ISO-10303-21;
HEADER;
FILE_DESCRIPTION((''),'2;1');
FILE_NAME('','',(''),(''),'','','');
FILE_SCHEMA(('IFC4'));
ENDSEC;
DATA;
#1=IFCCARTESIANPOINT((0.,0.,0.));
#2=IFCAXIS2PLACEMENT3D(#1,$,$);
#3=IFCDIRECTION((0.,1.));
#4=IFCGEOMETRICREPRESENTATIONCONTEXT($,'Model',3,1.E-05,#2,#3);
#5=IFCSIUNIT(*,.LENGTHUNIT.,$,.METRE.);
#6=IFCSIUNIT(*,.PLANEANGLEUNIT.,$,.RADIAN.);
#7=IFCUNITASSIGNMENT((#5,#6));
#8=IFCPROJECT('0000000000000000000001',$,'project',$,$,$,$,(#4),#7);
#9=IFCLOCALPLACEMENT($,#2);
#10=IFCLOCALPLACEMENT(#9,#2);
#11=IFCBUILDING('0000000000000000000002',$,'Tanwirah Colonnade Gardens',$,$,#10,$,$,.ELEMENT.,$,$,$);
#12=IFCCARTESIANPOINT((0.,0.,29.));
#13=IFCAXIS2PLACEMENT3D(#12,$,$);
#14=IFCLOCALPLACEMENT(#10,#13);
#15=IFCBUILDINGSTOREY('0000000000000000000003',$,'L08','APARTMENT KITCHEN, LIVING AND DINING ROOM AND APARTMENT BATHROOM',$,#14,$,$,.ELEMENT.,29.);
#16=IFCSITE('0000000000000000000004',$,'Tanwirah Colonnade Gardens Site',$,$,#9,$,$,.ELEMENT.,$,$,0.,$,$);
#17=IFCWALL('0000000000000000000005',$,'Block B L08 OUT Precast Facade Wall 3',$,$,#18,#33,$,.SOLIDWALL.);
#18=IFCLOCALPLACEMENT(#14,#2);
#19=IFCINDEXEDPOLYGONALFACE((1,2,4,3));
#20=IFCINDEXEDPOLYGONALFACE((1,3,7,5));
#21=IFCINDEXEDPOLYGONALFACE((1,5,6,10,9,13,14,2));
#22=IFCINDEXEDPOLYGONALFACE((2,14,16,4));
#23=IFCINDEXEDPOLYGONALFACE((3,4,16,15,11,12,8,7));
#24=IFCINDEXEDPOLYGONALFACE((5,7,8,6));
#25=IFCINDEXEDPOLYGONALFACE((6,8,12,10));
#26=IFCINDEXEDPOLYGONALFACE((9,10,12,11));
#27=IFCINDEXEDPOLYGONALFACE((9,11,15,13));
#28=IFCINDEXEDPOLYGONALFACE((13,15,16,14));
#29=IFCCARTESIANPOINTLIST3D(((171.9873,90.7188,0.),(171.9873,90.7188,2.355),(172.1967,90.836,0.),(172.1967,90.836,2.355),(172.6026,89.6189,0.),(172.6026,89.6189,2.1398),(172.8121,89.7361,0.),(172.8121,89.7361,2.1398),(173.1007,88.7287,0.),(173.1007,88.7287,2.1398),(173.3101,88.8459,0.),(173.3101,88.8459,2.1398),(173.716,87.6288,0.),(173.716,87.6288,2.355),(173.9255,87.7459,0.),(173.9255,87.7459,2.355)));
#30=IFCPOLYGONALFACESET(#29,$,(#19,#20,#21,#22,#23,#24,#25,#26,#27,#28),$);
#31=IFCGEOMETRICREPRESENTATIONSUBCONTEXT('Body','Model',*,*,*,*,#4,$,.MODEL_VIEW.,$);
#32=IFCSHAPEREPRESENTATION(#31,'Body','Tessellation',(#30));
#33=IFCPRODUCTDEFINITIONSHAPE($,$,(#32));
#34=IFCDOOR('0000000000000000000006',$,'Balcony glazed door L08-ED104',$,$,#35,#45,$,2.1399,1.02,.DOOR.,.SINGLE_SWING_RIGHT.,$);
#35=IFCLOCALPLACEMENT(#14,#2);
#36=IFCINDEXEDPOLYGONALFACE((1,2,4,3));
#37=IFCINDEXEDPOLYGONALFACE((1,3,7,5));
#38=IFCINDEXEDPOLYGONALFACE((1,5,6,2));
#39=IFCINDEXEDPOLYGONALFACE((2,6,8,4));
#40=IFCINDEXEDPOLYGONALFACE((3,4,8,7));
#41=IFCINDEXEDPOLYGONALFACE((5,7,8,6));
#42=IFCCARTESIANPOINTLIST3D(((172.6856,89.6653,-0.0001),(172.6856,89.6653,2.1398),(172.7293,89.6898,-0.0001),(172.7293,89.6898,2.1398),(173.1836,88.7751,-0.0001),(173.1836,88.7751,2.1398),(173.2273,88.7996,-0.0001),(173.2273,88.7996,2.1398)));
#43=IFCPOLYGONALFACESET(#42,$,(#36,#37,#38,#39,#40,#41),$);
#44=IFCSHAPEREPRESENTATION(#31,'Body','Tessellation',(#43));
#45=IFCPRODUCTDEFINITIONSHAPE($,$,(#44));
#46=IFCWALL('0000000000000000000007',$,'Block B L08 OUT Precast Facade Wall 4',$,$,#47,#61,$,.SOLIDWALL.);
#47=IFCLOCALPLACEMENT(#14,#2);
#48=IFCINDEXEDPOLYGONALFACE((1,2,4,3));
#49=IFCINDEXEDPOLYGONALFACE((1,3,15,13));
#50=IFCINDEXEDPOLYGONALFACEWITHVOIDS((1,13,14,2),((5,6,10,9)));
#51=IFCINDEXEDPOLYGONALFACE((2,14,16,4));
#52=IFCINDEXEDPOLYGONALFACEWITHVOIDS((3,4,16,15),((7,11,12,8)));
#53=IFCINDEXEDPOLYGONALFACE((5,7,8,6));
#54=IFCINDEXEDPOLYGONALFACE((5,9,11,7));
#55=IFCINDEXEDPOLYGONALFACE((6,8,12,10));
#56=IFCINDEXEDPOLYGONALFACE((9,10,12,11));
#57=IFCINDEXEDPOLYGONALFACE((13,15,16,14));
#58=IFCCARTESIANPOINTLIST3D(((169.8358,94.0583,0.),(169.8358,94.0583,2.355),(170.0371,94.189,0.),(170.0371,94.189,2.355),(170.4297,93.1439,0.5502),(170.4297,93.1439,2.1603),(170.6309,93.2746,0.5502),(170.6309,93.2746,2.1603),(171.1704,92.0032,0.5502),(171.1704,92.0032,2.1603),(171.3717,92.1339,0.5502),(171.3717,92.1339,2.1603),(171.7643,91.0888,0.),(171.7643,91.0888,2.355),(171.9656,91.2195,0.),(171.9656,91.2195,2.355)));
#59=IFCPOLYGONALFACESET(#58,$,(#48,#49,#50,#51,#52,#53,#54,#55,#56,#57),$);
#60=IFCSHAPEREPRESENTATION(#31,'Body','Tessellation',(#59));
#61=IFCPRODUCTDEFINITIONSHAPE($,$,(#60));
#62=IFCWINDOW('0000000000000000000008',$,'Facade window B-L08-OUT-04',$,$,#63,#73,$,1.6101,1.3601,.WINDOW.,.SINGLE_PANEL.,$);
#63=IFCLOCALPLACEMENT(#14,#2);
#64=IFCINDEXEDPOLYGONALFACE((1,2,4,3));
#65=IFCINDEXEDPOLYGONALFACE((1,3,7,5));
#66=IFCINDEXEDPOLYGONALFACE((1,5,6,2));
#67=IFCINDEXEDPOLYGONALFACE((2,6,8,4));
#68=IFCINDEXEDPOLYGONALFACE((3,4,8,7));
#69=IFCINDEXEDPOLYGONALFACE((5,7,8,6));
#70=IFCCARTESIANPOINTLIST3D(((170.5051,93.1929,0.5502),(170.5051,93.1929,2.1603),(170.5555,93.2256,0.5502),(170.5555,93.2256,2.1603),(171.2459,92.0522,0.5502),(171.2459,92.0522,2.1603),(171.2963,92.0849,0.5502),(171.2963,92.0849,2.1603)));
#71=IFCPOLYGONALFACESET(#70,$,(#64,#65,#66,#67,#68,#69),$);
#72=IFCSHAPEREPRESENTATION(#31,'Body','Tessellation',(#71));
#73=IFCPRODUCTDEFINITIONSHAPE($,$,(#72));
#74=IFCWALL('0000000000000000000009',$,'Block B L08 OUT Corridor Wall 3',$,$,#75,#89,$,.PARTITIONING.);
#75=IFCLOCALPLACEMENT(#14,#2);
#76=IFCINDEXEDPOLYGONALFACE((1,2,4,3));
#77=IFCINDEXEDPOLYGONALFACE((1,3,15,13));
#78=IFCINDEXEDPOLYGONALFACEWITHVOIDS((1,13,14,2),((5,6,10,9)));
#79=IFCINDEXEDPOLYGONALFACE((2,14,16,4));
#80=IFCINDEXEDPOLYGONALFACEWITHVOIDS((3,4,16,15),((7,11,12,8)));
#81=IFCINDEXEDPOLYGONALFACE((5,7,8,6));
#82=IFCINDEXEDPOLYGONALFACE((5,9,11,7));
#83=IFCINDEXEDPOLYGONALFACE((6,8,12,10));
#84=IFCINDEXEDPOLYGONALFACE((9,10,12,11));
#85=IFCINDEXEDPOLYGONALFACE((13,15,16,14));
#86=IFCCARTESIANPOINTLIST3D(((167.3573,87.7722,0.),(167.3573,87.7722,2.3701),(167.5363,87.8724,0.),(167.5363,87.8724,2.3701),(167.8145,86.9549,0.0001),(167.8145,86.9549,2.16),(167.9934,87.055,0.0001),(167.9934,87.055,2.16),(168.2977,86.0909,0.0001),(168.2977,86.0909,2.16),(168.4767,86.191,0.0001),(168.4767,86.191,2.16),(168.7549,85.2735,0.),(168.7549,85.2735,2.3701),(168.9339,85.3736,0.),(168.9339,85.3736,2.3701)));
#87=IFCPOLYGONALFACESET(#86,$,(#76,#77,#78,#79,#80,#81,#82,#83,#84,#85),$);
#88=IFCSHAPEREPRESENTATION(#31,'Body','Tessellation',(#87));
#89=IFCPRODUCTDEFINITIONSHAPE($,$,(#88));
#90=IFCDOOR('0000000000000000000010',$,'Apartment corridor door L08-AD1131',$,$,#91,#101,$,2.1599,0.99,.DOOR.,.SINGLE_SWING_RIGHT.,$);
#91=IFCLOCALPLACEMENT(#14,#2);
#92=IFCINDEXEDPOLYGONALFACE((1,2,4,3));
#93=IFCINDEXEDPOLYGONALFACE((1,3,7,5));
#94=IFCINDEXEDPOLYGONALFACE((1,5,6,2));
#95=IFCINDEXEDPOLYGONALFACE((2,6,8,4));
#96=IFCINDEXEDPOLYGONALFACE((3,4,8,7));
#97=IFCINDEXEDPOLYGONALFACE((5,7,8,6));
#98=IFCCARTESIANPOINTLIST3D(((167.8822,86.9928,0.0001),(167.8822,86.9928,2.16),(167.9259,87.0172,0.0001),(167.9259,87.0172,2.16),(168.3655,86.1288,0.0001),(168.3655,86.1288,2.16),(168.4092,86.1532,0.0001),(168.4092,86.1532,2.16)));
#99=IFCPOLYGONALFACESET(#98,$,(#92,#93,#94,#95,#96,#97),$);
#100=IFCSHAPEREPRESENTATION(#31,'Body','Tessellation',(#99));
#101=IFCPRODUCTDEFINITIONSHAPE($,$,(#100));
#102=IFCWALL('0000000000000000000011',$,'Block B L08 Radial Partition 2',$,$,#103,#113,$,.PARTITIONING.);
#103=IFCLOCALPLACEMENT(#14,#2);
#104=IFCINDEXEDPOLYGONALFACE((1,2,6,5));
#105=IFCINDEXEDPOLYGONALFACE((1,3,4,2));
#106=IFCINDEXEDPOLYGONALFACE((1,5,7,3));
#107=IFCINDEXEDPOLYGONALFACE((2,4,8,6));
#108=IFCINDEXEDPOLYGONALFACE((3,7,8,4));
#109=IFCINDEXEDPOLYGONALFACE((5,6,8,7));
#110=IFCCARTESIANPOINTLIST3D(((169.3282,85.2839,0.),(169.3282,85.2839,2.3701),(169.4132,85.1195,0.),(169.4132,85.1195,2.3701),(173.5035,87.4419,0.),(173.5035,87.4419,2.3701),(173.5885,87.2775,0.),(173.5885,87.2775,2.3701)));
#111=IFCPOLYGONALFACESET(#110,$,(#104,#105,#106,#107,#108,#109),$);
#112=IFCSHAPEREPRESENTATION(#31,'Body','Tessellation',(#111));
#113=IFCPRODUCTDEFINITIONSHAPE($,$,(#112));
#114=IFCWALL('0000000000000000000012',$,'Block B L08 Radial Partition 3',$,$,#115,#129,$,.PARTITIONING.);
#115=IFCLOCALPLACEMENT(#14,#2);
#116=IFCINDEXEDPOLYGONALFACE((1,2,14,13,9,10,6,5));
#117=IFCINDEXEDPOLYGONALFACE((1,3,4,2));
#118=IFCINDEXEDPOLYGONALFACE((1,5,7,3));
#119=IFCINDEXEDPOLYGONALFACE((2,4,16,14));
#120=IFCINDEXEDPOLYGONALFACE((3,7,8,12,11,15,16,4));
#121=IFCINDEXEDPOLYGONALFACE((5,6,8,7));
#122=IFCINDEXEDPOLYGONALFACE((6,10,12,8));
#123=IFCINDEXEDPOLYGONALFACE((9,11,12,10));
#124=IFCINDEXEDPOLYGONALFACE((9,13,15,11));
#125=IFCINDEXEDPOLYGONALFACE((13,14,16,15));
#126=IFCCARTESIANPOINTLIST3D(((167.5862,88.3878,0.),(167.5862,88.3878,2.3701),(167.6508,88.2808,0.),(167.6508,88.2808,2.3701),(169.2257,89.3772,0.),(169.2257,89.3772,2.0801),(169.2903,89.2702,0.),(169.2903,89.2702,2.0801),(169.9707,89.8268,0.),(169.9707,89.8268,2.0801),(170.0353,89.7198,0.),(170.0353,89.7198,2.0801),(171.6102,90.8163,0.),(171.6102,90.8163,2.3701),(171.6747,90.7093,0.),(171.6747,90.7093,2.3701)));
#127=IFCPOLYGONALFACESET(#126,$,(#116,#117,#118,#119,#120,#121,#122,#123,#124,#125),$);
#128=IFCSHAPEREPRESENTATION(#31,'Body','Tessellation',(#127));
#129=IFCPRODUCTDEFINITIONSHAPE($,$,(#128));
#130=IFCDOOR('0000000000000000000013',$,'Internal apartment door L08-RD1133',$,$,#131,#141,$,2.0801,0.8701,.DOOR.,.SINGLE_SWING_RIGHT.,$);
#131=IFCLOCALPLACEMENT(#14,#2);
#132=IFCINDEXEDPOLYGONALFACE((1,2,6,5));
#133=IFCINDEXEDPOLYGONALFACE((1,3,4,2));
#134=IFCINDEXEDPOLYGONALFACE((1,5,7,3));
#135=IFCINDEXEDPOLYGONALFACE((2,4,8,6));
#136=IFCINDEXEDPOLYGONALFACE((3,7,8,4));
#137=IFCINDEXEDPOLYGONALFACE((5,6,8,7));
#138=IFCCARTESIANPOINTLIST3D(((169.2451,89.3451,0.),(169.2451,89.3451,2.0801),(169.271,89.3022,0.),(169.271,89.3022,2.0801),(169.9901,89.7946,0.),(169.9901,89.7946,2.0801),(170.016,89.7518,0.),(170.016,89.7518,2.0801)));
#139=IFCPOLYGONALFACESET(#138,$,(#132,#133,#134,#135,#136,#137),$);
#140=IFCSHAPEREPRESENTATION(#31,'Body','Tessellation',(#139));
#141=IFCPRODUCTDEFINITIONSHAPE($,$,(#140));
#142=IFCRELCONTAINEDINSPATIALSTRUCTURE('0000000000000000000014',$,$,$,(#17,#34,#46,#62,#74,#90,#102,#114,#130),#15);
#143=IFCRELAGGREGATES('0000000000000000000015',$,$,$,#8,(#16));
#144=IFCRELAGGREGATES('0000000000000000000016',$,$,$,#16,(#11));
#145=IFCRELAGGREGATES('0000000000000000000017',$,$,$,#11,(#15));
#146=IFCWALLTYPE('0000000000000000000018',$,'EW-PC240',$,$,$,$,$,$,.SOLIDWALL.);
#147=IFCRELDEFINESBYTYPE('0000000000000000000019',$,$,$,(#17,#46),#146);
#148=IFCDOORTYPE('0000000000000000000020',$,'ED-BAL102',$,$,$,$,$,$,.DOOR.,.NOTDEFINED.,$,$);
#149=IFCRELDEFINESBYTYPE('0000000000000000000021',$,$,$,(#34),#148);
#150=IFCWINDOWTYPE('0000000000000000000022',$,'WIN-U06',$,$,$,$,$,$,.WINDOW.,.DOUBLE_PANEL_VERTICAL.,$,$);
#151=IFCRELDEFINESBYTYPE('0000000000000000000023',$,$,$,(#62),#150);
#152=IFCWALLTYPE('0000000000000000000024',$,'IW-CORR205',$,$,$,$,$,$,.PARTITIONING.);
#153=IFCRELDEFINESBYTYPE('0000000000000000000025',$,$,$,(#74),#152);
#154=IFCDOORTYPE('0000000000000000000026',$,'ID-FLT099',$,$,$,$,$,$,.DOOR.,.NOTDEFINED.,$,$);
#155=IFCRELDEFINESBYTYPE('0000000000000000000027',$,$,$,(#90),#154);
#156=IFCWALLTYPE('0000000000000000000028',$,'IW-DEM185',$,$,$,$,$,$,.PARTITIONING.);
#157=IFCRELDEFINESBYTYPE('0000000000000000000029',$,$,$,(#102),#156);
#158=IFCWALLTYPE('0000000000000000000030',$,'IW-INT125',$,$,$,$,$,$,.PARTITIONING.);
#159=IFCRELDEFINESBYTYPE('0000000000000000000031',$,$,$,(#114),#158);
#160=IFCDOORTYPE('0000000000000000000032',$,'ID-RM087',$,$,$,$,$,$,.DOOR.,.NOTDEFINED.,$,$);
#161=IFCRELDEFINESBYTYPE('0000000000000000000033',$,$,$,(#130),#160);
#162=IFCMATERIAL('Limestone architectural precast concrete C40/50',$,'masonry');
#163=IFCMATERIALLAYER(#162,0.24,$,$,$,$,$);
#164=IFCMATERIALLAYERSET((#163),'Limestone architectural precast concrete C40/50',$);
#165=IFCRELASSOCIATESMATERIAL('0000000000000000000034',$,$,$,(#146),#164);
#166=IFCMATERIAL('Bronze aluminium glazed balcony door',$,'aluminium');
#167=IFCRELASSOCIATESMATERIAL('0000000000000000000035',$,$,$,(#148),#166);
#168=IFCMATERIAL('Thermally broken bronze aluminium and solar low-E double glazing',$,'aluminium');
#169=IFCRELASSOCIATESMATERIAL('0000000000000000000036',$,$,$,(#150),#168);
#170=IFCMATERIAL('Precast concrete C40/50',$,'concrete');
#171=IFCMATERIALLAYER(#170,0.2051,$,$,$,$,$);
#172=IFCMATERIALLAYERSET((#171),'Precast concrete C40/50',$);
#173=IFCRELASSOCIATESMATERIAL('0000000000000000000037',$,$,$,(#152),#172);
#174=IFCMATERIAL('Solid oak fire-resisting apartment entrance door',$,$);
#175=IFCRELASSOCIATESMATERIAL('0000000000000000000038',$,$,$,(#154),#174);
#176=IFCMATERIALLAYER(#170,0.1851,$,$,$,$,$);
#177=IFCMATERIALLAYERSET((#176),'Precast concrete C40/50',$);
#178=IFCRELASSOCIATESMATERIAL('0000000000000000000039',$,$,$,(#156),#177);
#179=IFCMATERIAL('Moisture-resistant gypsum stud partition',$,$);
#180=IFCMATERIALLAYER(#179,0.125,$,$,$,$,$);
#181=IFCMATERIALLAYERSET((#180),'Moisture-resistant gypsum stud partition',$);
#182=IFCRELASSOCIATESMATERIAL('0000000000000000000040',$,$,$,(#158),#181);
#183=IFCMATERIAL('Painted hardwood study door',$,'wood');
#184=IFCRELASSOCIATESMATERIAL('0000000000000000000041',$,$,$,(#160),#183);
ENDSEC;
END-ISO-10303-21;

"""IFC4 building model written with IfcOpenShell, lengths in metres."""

from ifc_helpers import new_model, si_unit, direction, frame, frame_2d, origin, place, context, subcontext, project, spatial, rectangle, extrude, material, layer, layer_set, type_object, element, fill, save


model = new_model("IFC4")

# Units and contexts
model_context = context("Model", 3, precision=1e-05, world=origin(), true_north=direction((0.0, 1.0)))
body_context = subcontext(model_context, "Body", "Model", "MODEL_VIEW")
ifc_project = project(units=[si_unit("LENGTHUNIT", "METRE"), si_unit("PLANEANGLEUNIT", "RADIAN")], contexts=[model_context])

# Site, building, storey
site_placement = place(None, origin())
site = spatial("IfcSite", under=ifc_project, at=site_placement, Name="Tanwirah Colonnade Gardens Site", CompositionType="ELEMENT", RefElevation=0.0)
building_placement = place(site_placement, origin())
building = spatial("IfcBuilding", under=site, at=building_placement, Name="Tanwirah Colonnade Gardens", CompositionType="ELEMENT")
storey_placement = place(building_placement, frame((0.0, 0.0, 29.0)))
storey = spatial("IfcBuildingStorey", under=building, at=storey_placement, Name="L08", Description="APARTMENT KITCHEN, LIVING AND DINING ROOM AND APARTMENT BATHROOM", CompositionType="ELEMENT", Elevation=29.0)

# Shared definitions
ifc_material_1 = material(Name="Precast concrete C40/50", Category="concrete")

# Shared definitions
ifc_material_2 = material(Name="Limestone architectural precast concrete C40/50", Category="masonry")
ifc_layer_1 = layer(ifc_material_2, 0.24)
ifc_layer_set_1 = layer_set([ifc_layer_1], Name="Limestone architectural precast concrete C40/50")
wall_type_1 = type_object("IfcWallType", Name="EW-PC240", PredefinedType="SOLIDWALL", material=ifc_layer_set_1)
ifc_material_3 = material(Name="Thermally broken bronze aluminium and solar low-E double glazing", Category="aluminium")

# Wall, opening, door
wall_1_placement = place(storey_placement, frame((173.8208, 87.6873, 0.0), z_axis=(0.0, 0.0, 1.0), x_axis=(-0.48824, 0.872709, 0.0)))
wall_1 = element("IfcWall", 1, at=wall_1_placement, inside=storey, type_object=wall_type_1, Name="Block B L08 OUT Precast Facade Wall 3", PredefinedType="SOLIDWALL", context=body_context, shape_type="SweptSolid", body=[
    extrude(rectangle(XDim=3.5408, YDim=0.24, at=frame_2d((1.7705, 0.0))), origin(), (0.0, 0.0, 1.0), 2.355),
])
opening_1_placement = place(wall_1_placement, frame((1.2605, 0.0, 0.0)))
opening_1 = element("IfcOpeningElement", 2, at=opening_1_placement, cuts=wall_1, PredefinedType="OPENING", context=body_context, shape_type="SweptSolid", body=[
    extrude(rectangle(XDim=1.02, YDim=2.1399, at=frame_2d((0.51, 1.0698))), frame((0.0, 0.1299, 0.0), z_axis=(0.0, -1.0, 0.0), x_axis=(1.0, 0.0, 0.0)), (0.0, 0.0, 1.0), 0.26),
])
ifc_material_4 = material(Name="Bronze aluminium glazed balcony door", Category="aluminium")
door_type_1 = type_object("IfcDoorType", Name="ED-BAL102", OperationType="NOTDEFINED", PredefinedType="DOOR", material=ifc_material_4)
door_1_placement = place(opening_1_placement, origin())
door_1 = element("IfcDoor", 3, at=door_1_placement, inside=storey, type_object=door_type_1, Name="Balcony glazed door L08-ED104", OperationType="SINGLE_SWING_RIGHT", OverallHeight=2.1399, OverallWidth=1.02, PredefinedType="DOOR", context=body_context, shape_type="SweptSolid", body=[
    extrude(rectangle(XDim=1.02, YDim=2.1399, at=frame_2d((0.51, 1.0698))), frame((0.0, 0.0249, 0.0), z_axis=(0.0, -1.0, 0.0), x_axis=(1.0, 0.0, 0.0)), (0.0, 0.0, 1.0), 0.05),
])
fill(opening_1, door_1)

# Wall, opening, window
wall_2_placement = place(storey_placement, frame((171.865, 91.1541, 0.0), z_axis=(0.0, 0.0, 1.0), x_axis=(-0.544651, 0.838663, 0.0)))
wall_2 = element("IfcWall", 4, at=wall_2_placement, inside=storey, type_object=wall_type_1, Name="Block B L08 OUT Precast Facade Wall 4", PredefinedType="SOLIDWALL", context=body_context, shape_type="SweptSolid", body=[
    extrude(rectangle(XDim=3.5408, YDim=0.24, at=frame_2d((1.7705, 0.0))), origin(), (0.0, 0.0, 1.0), 2.355),
])
opening_2_placement = place(wall_2_placement, frame((1.0903, 0.0, 0.55)))
opening_2 = element("IfcOpeningElement", 5, at=opening_2_placement, cuts=wall_2, PredefinedType="OPENING", context=body_context, shape_type="SweptSolid", body=[
    extrude(rectangle(XDim=1.3601, YDim=1.6101, at=frame_2d((0.6802, 0.8052))), frame((0.0, 0.1299, 0.0), z_axis=(0.0, -1.0, 0.0), x_axis=(1.0, 0.0, 0.0)), (0.0, 0.0, 1.0), 0.26),
])
window_type_1 = type_object("IfcWindowType", Name="WIN-U06", PartitioningType="DOUBLE_PANEL_VERTICAL", PredefinedType="WINDOW", material=ifc_material_3)
window_1_placement = place(opening_2_placement, origin())
window_1 = element("IfcWindow", 6, at=window_1_placement, inside=storey, type_object=window_type_1, Name="Facade window B-L08-OUT-04", OverallHeight=1.6101, OverallWidth=1.3601, PartitioningType="SINGLE_PANEL", PredefinedType="WINDOW", context=body_context, shape_type="SweptSolid", body=[
    extrude(rectangle(XDim=1.3601, YDim=1.6101, at=frame_2d((0.6802, 0.8052))), frame((0.0, 0.03, 0.0), z_axis=(0.0, -1.0, 0.0), x_axis=(1.0, 0.0, 0.0)), (0.0, 0.0, 1.0), 0.0601),
])
fill(opening_2, window_1)

# Wall, opening, door
ifc_layer_2 = layer(ifc_material_1, 0.2051)
ifc_layer_set_2 = layer_set([ifc_layer_2], Name="Precast concrete C40/50")
wall_type_2 = type_object("IfcWallType", Name="IW-CORR205", PredefinedType="PARTITIONING", material=ifc_layer_set_2)
wall_3_placement = place(storey_placement, frame((168.8445, 85.3235, 0.0), z_axis=(0.0, 0.0, 1.0), x_axis=(-0.488175, 0.872746, 0.0)))
wall_3 = element("IfcWall", 7, at=wall_3_placement, inside=storey, type_object=wall_type_2, Name="Block B L08 OUT Corridor Wall 3", PredefinedType="PARTITIONING", context=body_context, shape_type="SweptSolid", body=[
    extrude(rectangle(XDim=2.863, YDim=0.2051, at=frame_2d((1.4316, 0.0))), origin(), (0.0, 0.0, 1.0), 2.3701),
])
opening_3_placement = place(wall_3_placement, frame((0.9365, 0.0, 0.0)))
opening_3 = element("IfcOpeningElement", 8, at=opening_3_placement, cuts=wall_3, PredefinedType="OPENING", context=body_context, shape_type="SweptSolid", body=[
    extrude(rectangle(XDim=0.99, YDim=2.1599, at=frame_2d((0.4951, 1.0801))), frame((0.0, 0.1125, 0.0), z_axis=(0.0, -1.0, 0.0), x_axis=(1.0, 0.0, 0.0)), (0.0, 0.0, 1.0), 0.2251),
])
ifc_material_5 = material(Name="Solid oak fire-resisting apartment entrance door")
door_type_2 = type_object("IfcDoorType", Name="ID-FLT099", OperationType="NOTDEFINED", PredefinedType="DOOR", material=ifc_material_5)
door_2_placement = place(opening_3_placement, origin())
door_2 = element("IfcDoor", 9, at=door_2_placement, inside=storey, type_object=door_type_2, Name="Apartment corridor door L08-AD1131", OperationType="SINGLE_SWING_RIGHT", OverallHeight=2.1599, OverallWidth=0.99, PredefinedType="DOOR", context=body_context, shape_type="SweptSolid", body=[
    extrude(rectangle(XDim=0.99, YDim=2.1599, at=frame_2d((0.4951, 1.0801))), frame((0.0, 0.0249, 0.0), z_axis=(0.0, -1.0, 0.0), x_axis=(1.0, 0.0, 0.0)), (0.0, 0.0, 1.0), 0.05),
])
fill(opening_3, door_2)

# Wall
ifc_layer_3 = layer(ifc_material_1, 0.1851)
ifc_layer_set_3 = layer_set([ifc_layer_3], Name="Precast concrete C40/50")
wall_type_3 = type_object("IfcWallType", Name="IW-DEM185", PredefinedType="PARTITIONING", material=ifc_layer_set_3)
wall_4_placement = place(storey_placement, frame((169.3706, 85.2017, 0.0), z_axis=(0.0, 0.0, 1.0), x_axis=(0.888363, 0.459142, 0.0)))
element("IfcWall", 10, at=wall_4_placement, inside=storey, type_object=wall_type_3, Name="Block B L08 Radial Partition 2", PredefinedType="PARTITIONING", context=body_context, shape_type="SweptSolid", body=[
    extrude(rectangle(XDim=4.7, YDim=0.1851, at=frame_2d((2.3501, 0.0))), origin(), (0.0, 0.0, 1.0), 2.3701),
])

# Wall, opening, door
ifc_material_6 = material(Name="Moisture-resistant gypsum stud partition")
ifc_layer_4 = layer(ifc_material_6, 0.125)
ifc_layer_set_4 = layer_set([ifc_layer_4], Name="Moisture-resistant gypsum stud partition")
wall_type_4 = type_object("IfcWallType", Name="IW-INT125", PredefinedType="PARTITIONING", material=ifc_layer_set_4)
wall_5_placement = place(storey_placement, frame((167.6184, 88.3342, 0.0), z_axis=(0.0, 0.0, 1.0), x_axis=(0.856165, 0.516702, 0.0)))
wall_5 = element("IfcWall", 11, at=wall_5_placement, inside=storey, type_object=wall_type_4, Name="Block B L08 Radial Partition 3", PredefinedType="PARTITIONING", context=body_context, shape_type="SweptSolid", body=[
    extrude(rectangle(XDim=4.7, YDim=0.125, at=frame_2d((2.3501, 0.0))), origin(), (0.0, 0.0, 1.0), 2.3701),
])
opening_4_placement = place(wall_5_placement, frame((1.915, 0.0, 0.0)))
opening_4 = element("IfcOpeningElement", 12, at=opening_4_placement, cuts=wall_5, PredefinedType="OPENING", context=body_context, shape_type="SweptSolid", body=[
    extrude(rectangle(XDim=0.8701, YDim=2.0801, at=frame_2d((0.4351, 1.04))), frame((0.0, 0.0725, 0.0), z_axis=(0.0, -1.0, 0.0), x_axis=(1.0, 0.0, 0.0)), (0.0, 0.0, 1.0), 0.145),
])
ifc_material_7 = material(Name="Painted hardwood study door", Category="wood")
door_type_3 = type_object("IfcDoorType", Name="ID-RM087", OperationType="NOTDEFINED", PredefinedType="DOOR", material=ifc_material_7)
door_3_placement = place(opening_4_placement, origin())
door_3 = element("IfcDoor", 13, at=door_3_placement, inside=storey, type_object=door_type_3, Name="Internal apartment door L08-RD1133", OperationType="SINGLE_SWING_RIGHT", OverallHeight=2.0801, OverallWidth=0.8701, PredefinedType="DOOR", context=body_context, shape_type="SweptSolid", body=[
    extrude(rectangle(XDim=0.8701, YDim=2.0801, at=frame_2d((0.4351, 1.04))), frame((0.0, 0.0249, 0.0), z_axis=(0.0, -1.0, 0.0), x_axis=(1.0, 0.0, 0.0)), (0.0, 0.0, 1.0), 0.05),
])
fill(opening_4, door_3)

save(model, "model.ifc")
